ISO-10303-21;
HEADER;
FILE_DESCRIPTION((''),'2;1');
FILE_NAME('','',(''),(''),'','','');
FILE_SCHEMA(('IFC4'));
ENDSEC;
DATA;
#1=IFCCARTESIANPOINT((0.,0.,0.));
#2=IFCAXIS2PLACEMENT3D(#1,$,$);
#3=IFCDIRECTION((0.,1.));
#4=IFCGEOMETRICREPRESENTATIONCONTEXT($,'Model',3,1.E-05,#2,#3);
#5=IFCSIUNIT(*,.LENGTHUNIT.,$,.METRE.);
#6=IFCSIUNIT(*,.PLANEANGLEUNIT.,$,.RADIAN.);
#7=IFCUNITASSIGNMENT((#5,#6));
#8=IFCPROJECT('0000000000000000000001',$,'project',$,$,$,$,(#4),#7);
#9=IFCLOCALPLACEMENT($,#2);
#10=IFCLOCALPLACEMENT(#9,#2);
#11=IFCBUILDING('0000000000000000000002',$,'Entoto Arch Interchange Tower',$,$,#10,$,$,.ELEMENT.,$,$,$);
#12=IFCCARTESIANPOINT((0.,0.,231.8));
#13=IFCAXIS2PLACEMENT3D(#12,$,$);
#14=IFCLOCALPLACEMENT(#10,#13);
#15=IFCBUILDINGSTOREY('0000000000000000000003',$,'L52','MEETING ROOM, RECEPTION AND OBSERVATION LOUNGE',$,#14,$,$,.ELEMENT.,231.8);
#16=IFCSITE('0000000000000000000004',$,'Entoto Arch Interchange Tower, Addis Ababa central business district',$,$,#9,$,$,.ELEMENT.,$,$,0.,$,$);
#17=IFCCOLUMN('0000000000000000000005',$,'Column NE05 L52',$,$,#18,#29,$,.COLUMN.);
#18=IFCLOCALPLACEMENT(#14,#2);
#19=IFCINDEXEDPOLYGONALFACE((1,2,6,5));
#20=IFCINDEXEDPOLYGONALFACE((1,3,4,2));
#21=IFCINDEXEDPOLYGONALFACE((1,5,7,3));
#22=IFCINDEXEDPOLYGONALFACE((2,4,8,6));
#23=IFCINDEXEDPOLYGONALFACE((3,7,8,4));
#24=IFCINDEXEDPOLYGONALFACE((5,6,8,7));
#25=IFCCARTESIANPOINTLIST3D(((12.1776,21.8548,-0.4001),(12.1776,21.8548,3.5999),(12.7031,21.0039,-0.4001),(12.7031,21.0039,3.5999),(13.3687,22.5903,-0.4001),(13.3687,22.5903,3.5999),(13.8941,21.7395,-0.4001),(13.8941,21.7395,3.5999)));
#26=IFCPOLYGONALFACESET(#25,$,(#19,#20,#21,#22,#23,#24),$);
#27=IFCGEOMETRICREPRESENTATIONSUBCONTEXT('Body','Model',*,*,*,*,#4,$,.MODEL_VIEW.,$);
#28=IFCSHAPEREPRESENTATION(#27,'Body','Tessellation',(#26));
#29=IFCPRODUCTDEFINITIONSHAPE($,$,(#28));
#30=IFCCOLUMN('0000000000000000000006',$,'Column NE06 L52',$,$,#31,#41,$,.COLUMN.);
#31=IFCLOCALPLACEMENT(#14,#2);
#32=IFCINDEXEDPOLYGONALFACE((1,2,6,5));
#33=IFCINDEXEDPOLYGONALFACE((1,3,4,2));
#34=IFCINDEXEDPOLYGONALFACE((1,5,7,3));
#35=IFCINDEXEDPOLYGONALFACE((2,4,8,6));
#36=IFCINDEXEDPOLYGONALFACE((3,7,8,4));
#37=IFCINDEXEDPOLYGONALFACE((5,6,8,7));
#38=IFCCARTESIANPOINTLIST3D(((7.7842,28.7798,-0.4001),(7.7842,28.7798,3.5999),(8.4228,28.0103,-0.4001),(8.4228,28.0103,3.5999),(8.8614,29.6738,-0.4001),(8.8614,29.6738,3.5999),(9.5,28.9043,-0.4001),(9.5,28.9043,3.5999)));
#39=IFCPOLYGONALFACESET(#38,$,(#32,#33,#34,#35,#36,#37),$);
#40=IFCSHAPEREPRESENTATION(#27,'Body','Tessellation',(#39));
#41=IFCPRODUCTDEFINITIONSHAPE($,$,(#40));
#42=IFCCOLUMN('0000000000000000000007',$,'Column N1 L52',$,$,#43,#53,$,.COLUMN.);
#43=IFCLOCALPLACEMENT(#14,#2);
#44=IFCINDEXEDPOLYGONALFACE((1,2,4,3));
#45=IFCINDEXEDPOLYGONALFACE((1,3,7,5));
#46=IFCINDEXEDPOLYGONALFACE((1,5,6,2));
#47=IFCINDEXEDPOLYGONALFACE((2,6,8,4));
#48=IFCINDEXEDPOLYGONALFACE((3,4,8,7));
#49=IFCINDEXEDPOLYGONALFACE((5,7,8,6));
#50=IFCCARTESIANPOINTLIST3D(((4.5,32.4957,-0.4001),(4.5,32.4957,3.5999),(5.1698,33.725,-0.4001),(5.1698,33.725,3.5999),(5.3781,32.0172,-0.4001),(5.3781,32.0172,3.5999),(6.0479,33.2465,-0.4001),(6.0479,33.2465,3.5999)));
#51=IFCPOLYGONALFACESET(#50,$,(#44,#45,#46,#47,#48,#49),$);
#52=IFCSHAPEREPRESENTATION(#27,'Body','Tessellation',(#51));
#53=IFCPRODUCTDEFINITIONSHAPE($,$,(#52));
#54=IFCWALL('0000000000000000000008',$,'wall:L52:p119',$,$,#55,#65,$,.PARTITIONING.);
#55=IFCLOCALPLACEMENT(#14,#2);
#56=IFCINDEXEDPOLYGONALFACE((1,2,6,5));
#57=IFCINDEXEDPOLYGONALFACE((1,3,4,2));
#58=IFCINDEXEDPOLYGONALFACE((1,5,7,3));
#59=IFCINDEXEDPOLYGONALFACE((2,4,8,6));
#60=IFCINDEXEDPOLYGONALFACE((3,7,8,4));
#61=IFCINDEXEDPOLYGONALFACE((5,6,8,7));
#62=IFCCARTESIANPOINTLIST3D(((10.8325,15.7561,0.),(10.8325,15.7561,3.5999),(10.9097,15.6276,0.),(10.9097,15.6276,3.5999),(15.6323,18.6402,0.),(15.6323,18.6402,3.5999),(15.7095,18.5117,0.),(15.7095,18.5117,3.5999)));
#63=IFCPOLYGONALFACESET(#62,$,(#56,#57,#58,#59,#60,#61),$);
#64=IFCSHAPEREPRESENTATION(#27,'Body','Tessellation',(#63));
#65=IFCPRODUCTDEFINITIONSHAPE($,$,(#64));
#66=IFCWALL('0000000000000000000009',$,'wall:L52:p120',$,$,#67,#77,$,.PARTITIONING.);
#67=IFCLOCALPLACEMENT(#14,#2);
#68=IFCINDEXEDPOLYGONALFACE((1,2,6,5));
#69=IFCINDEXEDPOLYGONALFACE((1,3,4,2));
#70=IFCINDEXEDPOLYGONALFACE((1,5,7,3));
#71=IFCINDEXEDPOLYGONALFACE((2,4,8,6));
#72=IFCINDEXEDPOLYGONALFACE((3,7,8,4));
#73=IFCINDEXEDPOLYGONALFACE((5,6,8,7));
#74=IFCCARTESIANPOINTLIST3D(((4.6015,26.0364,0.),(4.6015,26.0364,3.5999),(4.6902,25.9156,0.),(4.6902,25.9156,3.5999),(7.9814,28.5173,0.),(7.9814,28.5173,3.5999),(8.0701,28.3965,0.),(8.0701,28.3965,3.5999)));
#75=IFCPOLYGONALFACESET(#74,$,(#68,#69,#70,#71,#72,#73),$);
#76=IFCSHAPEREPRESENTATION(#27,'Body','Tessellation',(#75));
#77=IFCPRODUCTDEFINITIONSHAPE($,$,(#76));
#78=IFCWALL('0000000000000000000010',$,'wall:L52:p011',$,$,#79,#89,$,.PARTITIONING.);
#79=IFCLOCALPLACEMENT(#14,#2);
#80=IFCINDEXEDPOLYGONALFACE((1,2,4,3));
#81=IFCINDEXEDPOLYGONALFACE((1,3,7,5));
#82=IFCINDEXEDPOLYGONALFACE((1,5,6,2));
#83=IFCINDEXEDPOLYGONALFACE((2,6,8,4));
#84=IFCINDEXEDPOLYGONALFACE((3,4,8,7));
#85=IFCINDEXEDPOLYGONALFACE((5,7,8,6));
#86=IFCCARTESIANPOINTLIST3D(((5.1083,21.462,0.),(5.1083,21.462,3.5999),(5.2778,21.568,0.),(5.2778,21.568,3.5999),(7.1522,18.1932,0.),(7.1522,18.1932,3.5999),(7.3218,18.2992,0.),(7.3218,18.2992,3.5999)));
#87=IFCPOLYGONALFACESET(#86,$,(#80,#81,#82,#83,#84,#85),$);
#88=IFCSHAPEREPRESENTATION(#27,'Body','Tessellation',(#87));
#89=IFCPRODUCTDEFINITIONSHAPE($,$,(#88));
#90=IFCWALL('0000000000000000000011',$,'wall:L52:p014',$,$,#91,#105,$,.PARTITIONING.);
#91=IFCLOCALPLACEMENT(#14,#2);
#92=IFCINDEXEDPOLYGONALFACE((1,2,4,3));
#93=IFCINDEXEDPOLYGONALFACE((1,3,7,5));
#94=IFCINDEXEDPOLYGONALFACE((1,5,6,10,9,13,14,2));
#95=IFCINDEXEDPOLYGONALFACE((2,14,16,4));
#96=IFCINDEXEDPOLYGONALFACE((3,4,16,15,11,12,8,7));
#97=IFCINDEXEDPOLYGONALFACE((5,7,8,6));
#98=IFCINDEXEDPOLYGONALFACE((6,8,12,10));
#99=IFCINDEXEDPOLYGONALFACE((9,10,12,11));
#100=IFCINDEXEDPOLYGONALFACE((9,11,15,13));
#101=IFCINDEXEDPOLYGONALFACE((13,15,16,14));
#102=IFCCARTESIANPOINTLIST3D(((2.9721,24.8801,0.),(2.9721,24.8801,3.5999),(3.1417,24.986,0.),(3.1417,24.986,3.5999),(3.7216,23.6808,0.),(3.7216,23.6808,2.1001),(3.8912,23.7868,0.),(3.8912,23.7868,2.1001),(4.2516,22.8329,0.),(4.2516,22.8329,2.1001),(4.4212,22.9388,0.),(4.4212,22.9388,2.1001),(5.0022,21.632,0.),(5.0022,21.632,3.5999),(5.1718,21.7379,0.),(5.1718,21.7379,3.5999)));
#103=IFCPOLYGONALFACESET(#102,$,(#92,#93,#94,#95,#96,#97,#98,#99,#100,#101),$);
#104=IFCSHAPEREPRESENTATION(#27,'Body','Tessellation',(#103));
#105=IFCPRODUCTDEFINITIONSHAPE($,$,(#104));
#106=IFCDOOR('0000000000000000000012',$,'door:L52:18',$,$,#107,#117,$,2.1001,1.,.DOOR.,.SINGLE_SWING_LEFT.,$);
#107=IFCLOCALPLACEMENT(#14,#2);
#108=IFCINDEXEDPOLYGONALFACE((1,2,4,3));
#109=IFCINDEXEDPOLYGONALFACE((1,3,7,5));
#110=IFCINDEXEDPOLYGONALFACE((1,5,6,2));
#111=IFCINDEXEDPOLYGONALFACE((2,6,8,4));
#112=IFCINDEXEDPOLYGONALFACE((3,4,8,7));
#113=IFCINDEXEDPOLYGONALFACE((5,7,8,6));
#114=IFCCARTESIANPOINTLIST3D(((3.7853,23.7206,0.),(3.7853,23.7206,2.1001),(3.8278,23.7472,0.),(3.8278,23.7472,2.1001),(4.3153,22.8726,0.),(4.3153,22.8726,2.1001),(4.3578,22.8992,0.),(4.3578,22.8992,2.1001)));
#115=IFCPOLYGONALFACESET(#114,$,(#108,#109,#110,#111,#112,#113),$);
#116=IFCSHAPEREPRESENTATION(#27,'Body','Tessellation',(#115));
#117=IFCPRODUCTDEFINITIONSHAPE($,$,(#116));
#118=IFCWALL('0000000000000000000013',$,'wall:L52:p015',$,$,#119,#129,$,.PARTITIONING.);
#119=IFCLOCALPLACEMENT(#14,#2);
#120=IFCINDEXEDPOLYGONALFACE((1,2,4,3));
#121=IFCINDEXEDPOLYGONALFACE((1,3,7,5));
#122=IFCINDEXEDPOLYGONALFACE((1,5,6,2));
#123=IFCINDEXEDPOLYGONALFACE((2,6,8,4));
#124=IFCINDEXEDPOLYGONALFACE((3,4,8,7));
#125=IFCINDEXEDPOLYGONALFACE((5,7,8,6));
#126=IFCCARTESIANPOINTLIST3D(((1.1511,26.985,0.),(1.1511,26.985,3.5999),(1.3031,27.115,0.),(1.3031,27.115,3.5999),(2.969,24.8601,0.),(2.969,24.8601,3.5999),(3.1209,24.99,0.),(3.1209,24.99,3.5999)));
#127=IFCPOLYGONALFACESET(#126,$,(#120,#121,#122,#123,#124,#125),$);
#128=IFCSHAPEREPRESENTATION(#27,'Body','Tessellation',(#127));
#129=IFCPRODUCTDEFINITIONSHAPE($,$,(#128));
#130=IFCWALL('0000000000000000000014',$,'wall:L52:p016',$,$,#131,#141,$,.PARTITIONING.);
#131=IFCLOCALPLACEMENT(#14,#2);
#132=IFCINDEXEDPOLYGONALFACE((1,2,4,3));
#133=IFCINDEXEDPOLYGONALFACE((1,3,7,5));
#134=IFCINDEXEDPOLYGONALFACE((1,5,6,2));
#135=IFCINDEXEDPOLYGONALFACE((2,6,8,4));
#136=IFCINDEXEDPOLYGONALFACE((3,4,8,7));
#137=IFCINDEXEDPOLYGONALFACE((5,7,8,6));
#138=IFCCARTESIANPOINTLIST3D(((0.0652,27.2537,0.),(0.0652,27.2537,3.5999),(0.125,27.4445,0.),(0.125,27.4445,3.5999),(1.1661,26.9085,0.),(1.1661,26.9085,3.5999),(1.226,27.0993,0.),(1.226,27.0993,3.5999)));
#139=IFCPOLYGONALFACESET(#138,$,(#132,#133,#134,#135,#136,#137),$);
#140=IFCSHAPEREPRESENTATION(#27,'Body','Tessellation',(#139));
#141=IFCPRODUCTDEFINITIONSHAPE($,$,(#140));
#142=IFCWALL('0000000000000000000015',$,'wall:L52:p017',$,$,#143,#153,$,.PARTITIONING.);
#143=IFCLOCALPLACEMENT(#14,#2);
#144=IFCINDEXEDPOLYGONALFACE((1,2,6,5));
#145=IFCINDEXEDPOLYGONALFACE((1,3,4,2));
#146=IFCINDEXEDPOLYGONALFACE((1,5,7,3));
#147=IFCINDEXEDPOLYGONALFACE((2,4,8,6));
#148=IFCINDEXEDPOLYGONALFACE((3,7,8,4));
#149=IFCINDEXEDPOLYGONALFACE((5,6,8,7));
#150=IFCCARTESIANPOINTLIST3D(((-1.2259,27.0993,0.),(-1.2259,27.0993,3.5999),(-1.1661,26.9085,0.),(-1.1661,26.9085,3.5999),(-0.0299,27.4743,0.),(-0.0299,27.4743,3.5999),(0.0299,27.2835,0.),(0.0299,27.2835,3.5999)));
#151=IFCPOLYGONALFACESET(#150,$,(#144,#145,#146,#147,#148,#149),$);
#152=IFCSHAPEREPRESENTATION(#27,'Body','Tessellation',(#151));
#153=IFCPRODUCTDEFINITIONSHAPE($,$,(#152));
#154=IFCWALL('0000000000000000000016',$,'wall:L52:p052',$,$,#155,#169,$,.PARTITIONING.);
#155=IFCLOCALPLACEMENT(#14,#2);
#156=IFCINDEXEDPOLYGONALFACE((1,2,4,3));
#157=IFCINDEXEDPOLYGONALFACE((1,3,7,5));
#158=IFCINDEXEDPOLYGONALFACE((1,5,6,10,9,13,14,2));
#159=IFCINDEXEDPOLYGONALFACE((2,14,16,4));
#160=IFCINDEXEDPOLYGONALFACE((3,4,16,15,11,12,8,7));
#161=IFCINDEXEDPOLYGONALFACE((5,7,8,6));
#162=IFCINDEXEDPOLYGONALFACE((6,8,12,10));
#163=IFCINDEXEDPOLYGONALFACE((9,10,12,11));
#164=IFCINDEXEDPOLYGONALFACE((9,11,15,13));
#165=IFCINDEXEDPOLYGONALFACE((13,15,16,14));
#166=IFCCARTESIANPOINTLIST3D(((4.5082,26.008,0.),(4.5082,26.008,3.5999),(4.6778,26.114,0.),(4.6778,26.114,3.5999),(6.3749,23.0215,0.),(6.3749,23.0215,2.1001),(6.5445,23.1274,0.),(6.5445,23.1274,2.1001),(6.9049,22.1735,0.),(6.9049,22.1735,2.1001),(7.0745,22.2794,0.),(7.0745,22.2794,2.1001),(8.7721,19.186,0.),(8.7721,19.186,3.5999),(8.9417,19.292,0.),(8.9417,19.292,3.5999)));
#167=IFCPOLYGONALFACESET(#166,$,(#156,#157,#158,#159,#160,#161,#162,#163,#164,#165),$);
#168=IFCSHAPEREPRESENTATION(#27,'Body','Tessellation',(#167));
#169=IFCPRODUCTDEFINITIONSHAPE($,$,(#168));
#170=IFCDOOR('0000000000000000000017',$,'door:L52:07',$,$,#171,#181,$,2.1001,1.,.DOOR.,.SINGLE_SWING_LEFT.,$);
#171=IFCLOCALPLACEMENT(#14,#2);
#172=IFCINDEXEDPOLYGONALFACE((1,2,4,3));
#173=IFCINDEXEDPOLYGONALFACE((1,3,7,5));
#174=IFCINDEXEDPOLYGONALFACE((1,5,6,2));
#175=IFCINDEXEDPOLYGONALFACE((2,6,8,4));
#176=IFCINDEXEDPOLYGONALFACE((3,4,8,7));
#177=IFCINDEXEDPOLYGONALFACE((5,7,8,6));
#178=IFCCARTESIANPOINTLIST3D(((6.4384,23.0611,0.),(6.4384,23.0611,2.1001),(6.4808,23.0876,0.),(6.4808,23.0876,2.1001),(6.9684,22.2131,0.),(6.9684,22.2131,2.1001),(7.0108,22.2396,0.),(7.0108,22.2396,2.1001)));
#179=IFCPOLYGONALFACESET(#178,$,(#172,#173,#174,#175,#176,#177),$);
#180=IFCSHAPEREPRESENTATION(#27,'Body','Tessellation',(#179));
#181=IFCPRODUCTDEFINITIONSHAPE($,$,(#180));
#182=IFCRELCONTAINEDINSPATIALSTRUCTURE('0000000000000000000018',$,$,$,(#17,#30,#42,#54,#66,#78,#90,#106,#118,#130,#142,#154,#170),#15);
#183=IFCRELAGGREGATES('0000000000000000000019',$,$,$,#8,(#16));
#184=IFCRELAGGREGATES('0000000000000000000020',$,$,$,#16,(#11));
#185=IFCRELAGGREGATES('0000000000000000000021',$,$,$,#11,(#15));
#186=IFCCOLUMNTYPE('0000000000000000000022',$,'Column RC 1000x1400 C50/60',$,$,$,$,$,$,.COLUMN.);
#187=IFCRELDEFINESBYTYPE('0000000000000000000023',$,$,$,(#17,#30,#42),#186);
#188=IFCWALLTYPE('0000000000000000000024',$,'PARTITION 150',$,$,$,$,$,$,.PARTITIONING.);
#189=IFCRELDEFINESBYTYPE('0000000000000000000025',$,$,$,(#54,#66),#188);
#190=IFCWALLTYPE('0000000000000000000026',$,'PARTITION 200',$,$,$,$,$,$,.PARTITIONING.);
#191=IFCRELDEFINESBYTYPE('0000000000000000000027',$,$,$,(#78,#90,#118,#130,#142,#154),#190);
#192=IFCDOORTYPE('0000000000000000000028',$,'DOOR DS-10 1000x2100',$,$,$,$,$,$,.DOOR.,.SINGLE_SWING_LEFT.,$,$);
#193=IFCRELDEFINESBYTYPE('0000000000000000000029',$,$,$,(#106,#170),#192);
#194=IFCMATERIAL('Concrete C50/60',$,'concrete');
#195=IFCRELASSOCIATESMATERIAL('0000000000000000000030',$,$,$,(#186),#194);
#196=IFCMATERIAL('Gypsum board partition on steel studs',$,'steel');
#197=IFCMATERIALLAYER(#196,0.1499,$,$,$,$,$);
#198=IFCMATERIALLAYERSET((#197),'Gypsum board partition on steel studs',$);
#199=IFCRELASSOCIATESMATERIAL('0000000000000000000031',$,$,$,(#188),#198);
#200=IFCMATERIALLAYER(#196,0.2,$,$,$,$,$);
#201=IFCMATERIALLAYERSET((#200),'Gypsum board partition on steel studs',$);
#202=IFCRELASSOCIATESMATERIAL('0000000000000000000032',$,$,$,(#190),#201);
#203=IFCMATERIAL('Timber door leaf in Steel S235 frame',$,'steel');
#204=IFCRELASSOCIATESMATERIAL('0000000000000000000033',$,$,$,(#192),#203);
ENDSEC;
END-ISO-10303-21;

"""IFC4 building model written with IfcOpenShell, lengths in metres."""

from ifc_helpers import new_model, si_unit, direction, frame, frame_2d, origin, origin_2d, place, context, subcontext, project, spatial, rectangle, extrude, material, layer, layer_set, material_profile, profile_set, type_object, element, fill, save


model = new_model("IFC4")

# Units and contexts
model_context = context("Model", 3, precision=1e-05, world=origin(), true_north=direction((0.0, 1.0)))
body_context = subcontext(model_context, "Body", "Model", "MODEL_VIEW")
ifc_project = project(units=[si_unit("LENGTHUNIT", "METRE"), si_unit("PLANEANGLEUNIT", "RADIAN")], contexts=[model_context])

# Site, building, storey
site_placement = place(None, origin())
site = spatial("IfcSite", under=ifc_project, at=site_placement, Name="Entoto Arch Interchange Tower, Addis Ababa central business district", CompositionType="ELEMENT", RefElevation=0.0)
building_placement = place(site_placement, origin())
building = spatial("IfcBuilding", under=site, at=building_placement, Name="Entoto Arch Interchange Tower", CompositionType="ELEMENT")
storey_placement = place(building_placement, frame((0.0, 0.0, 231.8)))
storey = spatial("IfcBuildingStorey", under=building, at=storey_placement, Name="L52", Description="MEETING ROOM, RECEPTION AND OBSERVATION LOUNGE", CompositionType="ELEMENT", Elevation=231.8)

# Columns
ifc_material_1 = material(Name="Concrete C50/60", Category="concrete")
ifc_material_profile = material_profile(ifc_material_1, rectangle(XDim=1.0, YDim=1.3999, at=origin_2d()))
ifc_profile_set = profile_set([ifc_material_profile], Name="Concrete C50/60")
column_type = type_object("IfcColumnType", Name="Column RC 1000x1400 C50/60", PredefinedType="COLUMN", material=ifc_profile_set)
for number, where, z_axis, x_axis, name in (
    (1, (13.0359, 21.7971, -0.4001), (0.0, 0.0, 1.0), (-0.525427, 0.850839, 0.0), "Column NE05 L52"),
    (2, (8.6421, 28.842, -0.4001), (0.0, 0.0, 1.0), (-0.63866, 0.769489, 0.0), "Column NE06 L52"),
    (3, (5.2739, 32.8711, -0.4001), (0.0, 0.0, 1.0), (-0.8781, 0.478477, 0.0), "Column N1 L52"),
):
    element("IfcColumn", number, at=place(storey_placement, frame(where, z_axis=z_axis, x_axis=x_axis)), inside=storey, type_object=column_type, Name=name, PredefinedType="COLUMN", context=body_context, shape_type="SweptSolid", body=[
        extrude(rectangle(XDim=1.0, YDim=1.3999, at=origin_2d()), origin(), (0.0, 0.0, 1.0), 4.0),
    ])

# Walls
ifc_material_2 = material(Name="Gypsum board partition on steel studs", Category="steel")
ifc_layer_1 = layer(ifc_material_2, 0.1499)
ifc_layer_set_1 = layer_set([ifc_layer_1], Name="Gypsum board partition on steel studs")
wall_type_1 = type_object("IfcWallType", Name="PARTITION 150", PredefinedType="PARTITIONING", material=ifc_layer_set_1)
wall_1_placement = place(storey_placement, frame((10.8711, 15.6919, 0.0), z_axis=(0.0, 0.0, 1.0), x_axis=(0.857166, 0.515041, 0.0)))
element("IfcWall", 4, at=wall_1_placement, inside=storey, type_object=wall_type_1, Name="wall:L52:p119", PredefinedType="PARTITIONING", context=body_context, shape_type="SweptSolid", body=[
    extrude(rectangle(XDim=5.5996, YDim=0.1499, at=frame_2d((2.7998, 0.0))), origin(), (0.0, 0.0, 1.0), 3.5999),
])
wall_2_placement = place(storey_placement, frame((4.646, 25.9761, 0.0), z_axis=(0.0, 0.0, 1.0), x_axis=(0.806135, 0.591732, 0.0)))
element("IfcWall", 5, at=wall_2_placement, inside=storey, type_object=wall_type_1, Name="wall:L52:p120", PredefinedType="PARTITIONING", context=body_context, shape_type="SweptSolid", body=[
    extrude(rectangle(XDim=4.1926, YDim=0.1499, at=frame_2d((2.0962, 0.0))), origin(), (0.0, 0.0, 1.0), 3.5999),
])
ifc_layer_2 = layer(ifc_material_2, 0.2)
ifc_layer_set_2 = layer_set([ifc_layer_2], Name="Gypsum board partition on steel studs")
wall_type_2 = type_object("IfcWallType", Name="PARTITION 200", PredefinedType="PARTITIONING", material=ifc_layer_set_2)
wall_3_placement = place(storey_placement, frame((7.2371, 18.2461, 0.0), z_axis=(0.0, 0.0, 1.0), x_axis=(-0.530175, 0.847888, 0.0)))
element("IfcWall", 6, at=wall_3_placement, inside=storey, type_object=wall_type_2, Name="wall:L52:p011", PredefinedType="PARTITIONING", context=body_context, shape_type="SweptSolid", body=[
    extrude(rectangle(XDim=3.8552, YDim=0.2, at=frame_2d((1.9277, 0.0))), origin(), (0.0, 0.0, 1.0), 3.5999),
])

# Wall, opening, door
wall_4_placement = place(storey_placement, frame((5.0869, 21.6851, 0.0), z_axis=(0.0, 0.0, 1.0), x_axis=(-0.529999, 0.847998, 0.0)))
wall_4 = element("IfcWall", 7, at=wall_4_placement, inside=storey, type_object=wall_type_2, Name="wall:L52:p014", PredefinedType="PARTITIONING", context=body_context, shape_type="SweptSolid", body=[
    extrude(rectangle(XDim=3.8303, YDim=0.2, at=frame_2d((1.915, 0.0))), origin(), (0.0, 0.0, 1.0), 3.5999),
])
opening_1_placement = place(wall_4_placement, frame((1.416, 0.0, 0.0)))
opening_1 = element("IfcOpeningElement", 8, at=opening_1_placement, cuts=wall_4, PredefinedType="OPENING", context=body_context, shape_type="SweptSolid", body=[
    extrude(rectangle(XDim=1.0, YDim=2.1001, at=frame_2d((0.5, 1.05))), frame((0.0, 0.1099, 0.0), z_axis=(0.0, -1.0, 0.0), x_axis=(1.0, 0.0, 0.0)), (0.0, 0.0, 1.0), 0.22),
])
ifc_material_3 = material(Name="Timber door leaf in Steel S235 frame", Category="steel")
door_type = type_object("IfcDoorType", Name="DOOR DS-10 1000x2100", OperationType="SINGLE_SWING_LEFT", PredefinedType="DOOR", material=ifc_material_3)
door_1_placement = place(opening_1_placement, origin())
door_1 = element("IfcDoor", 9, at=door_1_placement, inside=storey, type_object=door_type, Name="door:L52:18", OperationType="SINGLE_SWING_LEFT", OverallHeight=2.1001, OverallWidth=1.0, PredefinedType="DOOR", context=body_context, shape_type="SweptSolid", body=[
    extrude(rectangle(XDim=1.0, YDim=2.1001, at=frame_2d((0.5, 1.05))), frame((0.0, 0.0249, 0.0), z_axis=(0.0, -1.0, 0.0), x_axis=(1.0, 0.0, 0.0)), (0.0, 0.0, 1.0), 0.05),
])
fill(opening_1, door_1)

# Walls
wall_5_placement = place(storey_placement, frame((3.0449, 24.925, 0.0), z_axis=(0.0, 0.0, 1.0), x_axis=(-0.650058, 0.759885, 0.0)))
element("IfcWall", 10, at=wall_5_placement, inside=storey, type_object=wall_type_2, Name="wall:L52:p015", PredefinedType="PARTITIONING", context=body_context, shape_type="SweptSolid", body=[
    extrude(rectangle(XDim=2.7964, YDim=0.2, at=frame_2d((1.3982, 0.0))), origin(), (0.0, 0.0, 1.0), 3.5999),
])
wall_6_placement = place(storey_placement, frame((1.196, 27.0039, 0.0), z_axis=(0.0, 0.0, 1.0), x_axis=(-0.954201, 0.299166, 0.0)))
element("IfcWall", 11, at=wall_6_placement, inside=storey, type_object=wall_type_2, Name="wall:L52:p016", PredefinedType="PARTITIONING", context=body_context, shape_type="SweptSolid", body=[
    extrude(rectangle(XDim=1.1538, YDim=0.2, at=frame_2d((0.5769, 0.0))), origin(), (0.0, 0.0, 1.0), 3.5999),
])
wall_7_placement = place(storey_placement, frame((0.0, 27.3789, 0.0), z_axis=(0.0, 0.0, 1.0), x_axis=(-0.954199, -0.299173, 0.0)))
element("IfcWall", 12, at=wall_7_placement, inside=storey, type_object=wall_type_2, Name="wall:L52:p017", PredefinedType="PARTITIONING", context=body_context, shape_type="SweptSolid", body=[
    extrude(rectangle(XDim=1.2534, YDim=0.2, at=frame_2d((0.6267, 0.0))), origin(), (0.0, 0.0, 1.0), 3.5999),
])

# Wall, opening, door
wall_8_placement = place(storey_placement, frame((4.593, 26.061, 0.0), z_axis=(0.0, 0.0, 1.0), x_axis=(0.530013, -0.84799, 0.0)))
wall_8 = element("IfcWall", 13, at=wall_8_placement, inside=storey, type_object=wall_type_2, Name="wall:L52:p052", PredefinedType="PARTITIONING", context=body_context, shape_type="SweptSolid", body=[
    extrude(rectangle(XDim=8.0449, YDim=0.2, at=frame_2d((4.0225, 0.0))), origin(), (0.0, 0.0, 1.0), 3.5999),
])
opening_2_placement = place(wall_8_placement, frame((3.522, 0.0, 0.0)))
opening_2 = element("IfcOpeningElement", 14, at=opening_2_placement, cuts=wall_8, PredefinedType="OPENING", context=body_context, shape_type="SweptSolid", body=[
    extrude(rectangle(XDim=1.0, YDim=2.1001, at=frame_2d((0.5, 1.05))), frame((0.0, 0.1099, 0.0), z_axis=(0.0, -1.0, 0.0), x_axis=(1.0, 0.0, 0.0)), (0.0, 0.0, 1.0), 0.22),
])
door_2_placement = place(opening_2_placement, origin())
door_2 = element("IfcDoor", 15, at=door_2_placement, inside=storey, type_object=door_type, Name="door:L52:07", OperationType="SINGLE_SWING_LEFT", OverallHeight=2.1001, OverallWidth=1.0, PredefinedType="DOOR", context=body_context, shape_type="SweptSolid", body=[
    extrude(rectangle(XDim=1.0, YDim=2.1001, at=frame_2d((0.5, 1.05))), frame((0.0, 0.0249, 0.0), z_axis=(0.0, -1.0, 0.0), x_axis=(1.0, 0.0, 0.0)), (0.0, 0.0, 1.0), 0.05),
])
fill(opening_2, door_2)

save(model, "model.ifc")
